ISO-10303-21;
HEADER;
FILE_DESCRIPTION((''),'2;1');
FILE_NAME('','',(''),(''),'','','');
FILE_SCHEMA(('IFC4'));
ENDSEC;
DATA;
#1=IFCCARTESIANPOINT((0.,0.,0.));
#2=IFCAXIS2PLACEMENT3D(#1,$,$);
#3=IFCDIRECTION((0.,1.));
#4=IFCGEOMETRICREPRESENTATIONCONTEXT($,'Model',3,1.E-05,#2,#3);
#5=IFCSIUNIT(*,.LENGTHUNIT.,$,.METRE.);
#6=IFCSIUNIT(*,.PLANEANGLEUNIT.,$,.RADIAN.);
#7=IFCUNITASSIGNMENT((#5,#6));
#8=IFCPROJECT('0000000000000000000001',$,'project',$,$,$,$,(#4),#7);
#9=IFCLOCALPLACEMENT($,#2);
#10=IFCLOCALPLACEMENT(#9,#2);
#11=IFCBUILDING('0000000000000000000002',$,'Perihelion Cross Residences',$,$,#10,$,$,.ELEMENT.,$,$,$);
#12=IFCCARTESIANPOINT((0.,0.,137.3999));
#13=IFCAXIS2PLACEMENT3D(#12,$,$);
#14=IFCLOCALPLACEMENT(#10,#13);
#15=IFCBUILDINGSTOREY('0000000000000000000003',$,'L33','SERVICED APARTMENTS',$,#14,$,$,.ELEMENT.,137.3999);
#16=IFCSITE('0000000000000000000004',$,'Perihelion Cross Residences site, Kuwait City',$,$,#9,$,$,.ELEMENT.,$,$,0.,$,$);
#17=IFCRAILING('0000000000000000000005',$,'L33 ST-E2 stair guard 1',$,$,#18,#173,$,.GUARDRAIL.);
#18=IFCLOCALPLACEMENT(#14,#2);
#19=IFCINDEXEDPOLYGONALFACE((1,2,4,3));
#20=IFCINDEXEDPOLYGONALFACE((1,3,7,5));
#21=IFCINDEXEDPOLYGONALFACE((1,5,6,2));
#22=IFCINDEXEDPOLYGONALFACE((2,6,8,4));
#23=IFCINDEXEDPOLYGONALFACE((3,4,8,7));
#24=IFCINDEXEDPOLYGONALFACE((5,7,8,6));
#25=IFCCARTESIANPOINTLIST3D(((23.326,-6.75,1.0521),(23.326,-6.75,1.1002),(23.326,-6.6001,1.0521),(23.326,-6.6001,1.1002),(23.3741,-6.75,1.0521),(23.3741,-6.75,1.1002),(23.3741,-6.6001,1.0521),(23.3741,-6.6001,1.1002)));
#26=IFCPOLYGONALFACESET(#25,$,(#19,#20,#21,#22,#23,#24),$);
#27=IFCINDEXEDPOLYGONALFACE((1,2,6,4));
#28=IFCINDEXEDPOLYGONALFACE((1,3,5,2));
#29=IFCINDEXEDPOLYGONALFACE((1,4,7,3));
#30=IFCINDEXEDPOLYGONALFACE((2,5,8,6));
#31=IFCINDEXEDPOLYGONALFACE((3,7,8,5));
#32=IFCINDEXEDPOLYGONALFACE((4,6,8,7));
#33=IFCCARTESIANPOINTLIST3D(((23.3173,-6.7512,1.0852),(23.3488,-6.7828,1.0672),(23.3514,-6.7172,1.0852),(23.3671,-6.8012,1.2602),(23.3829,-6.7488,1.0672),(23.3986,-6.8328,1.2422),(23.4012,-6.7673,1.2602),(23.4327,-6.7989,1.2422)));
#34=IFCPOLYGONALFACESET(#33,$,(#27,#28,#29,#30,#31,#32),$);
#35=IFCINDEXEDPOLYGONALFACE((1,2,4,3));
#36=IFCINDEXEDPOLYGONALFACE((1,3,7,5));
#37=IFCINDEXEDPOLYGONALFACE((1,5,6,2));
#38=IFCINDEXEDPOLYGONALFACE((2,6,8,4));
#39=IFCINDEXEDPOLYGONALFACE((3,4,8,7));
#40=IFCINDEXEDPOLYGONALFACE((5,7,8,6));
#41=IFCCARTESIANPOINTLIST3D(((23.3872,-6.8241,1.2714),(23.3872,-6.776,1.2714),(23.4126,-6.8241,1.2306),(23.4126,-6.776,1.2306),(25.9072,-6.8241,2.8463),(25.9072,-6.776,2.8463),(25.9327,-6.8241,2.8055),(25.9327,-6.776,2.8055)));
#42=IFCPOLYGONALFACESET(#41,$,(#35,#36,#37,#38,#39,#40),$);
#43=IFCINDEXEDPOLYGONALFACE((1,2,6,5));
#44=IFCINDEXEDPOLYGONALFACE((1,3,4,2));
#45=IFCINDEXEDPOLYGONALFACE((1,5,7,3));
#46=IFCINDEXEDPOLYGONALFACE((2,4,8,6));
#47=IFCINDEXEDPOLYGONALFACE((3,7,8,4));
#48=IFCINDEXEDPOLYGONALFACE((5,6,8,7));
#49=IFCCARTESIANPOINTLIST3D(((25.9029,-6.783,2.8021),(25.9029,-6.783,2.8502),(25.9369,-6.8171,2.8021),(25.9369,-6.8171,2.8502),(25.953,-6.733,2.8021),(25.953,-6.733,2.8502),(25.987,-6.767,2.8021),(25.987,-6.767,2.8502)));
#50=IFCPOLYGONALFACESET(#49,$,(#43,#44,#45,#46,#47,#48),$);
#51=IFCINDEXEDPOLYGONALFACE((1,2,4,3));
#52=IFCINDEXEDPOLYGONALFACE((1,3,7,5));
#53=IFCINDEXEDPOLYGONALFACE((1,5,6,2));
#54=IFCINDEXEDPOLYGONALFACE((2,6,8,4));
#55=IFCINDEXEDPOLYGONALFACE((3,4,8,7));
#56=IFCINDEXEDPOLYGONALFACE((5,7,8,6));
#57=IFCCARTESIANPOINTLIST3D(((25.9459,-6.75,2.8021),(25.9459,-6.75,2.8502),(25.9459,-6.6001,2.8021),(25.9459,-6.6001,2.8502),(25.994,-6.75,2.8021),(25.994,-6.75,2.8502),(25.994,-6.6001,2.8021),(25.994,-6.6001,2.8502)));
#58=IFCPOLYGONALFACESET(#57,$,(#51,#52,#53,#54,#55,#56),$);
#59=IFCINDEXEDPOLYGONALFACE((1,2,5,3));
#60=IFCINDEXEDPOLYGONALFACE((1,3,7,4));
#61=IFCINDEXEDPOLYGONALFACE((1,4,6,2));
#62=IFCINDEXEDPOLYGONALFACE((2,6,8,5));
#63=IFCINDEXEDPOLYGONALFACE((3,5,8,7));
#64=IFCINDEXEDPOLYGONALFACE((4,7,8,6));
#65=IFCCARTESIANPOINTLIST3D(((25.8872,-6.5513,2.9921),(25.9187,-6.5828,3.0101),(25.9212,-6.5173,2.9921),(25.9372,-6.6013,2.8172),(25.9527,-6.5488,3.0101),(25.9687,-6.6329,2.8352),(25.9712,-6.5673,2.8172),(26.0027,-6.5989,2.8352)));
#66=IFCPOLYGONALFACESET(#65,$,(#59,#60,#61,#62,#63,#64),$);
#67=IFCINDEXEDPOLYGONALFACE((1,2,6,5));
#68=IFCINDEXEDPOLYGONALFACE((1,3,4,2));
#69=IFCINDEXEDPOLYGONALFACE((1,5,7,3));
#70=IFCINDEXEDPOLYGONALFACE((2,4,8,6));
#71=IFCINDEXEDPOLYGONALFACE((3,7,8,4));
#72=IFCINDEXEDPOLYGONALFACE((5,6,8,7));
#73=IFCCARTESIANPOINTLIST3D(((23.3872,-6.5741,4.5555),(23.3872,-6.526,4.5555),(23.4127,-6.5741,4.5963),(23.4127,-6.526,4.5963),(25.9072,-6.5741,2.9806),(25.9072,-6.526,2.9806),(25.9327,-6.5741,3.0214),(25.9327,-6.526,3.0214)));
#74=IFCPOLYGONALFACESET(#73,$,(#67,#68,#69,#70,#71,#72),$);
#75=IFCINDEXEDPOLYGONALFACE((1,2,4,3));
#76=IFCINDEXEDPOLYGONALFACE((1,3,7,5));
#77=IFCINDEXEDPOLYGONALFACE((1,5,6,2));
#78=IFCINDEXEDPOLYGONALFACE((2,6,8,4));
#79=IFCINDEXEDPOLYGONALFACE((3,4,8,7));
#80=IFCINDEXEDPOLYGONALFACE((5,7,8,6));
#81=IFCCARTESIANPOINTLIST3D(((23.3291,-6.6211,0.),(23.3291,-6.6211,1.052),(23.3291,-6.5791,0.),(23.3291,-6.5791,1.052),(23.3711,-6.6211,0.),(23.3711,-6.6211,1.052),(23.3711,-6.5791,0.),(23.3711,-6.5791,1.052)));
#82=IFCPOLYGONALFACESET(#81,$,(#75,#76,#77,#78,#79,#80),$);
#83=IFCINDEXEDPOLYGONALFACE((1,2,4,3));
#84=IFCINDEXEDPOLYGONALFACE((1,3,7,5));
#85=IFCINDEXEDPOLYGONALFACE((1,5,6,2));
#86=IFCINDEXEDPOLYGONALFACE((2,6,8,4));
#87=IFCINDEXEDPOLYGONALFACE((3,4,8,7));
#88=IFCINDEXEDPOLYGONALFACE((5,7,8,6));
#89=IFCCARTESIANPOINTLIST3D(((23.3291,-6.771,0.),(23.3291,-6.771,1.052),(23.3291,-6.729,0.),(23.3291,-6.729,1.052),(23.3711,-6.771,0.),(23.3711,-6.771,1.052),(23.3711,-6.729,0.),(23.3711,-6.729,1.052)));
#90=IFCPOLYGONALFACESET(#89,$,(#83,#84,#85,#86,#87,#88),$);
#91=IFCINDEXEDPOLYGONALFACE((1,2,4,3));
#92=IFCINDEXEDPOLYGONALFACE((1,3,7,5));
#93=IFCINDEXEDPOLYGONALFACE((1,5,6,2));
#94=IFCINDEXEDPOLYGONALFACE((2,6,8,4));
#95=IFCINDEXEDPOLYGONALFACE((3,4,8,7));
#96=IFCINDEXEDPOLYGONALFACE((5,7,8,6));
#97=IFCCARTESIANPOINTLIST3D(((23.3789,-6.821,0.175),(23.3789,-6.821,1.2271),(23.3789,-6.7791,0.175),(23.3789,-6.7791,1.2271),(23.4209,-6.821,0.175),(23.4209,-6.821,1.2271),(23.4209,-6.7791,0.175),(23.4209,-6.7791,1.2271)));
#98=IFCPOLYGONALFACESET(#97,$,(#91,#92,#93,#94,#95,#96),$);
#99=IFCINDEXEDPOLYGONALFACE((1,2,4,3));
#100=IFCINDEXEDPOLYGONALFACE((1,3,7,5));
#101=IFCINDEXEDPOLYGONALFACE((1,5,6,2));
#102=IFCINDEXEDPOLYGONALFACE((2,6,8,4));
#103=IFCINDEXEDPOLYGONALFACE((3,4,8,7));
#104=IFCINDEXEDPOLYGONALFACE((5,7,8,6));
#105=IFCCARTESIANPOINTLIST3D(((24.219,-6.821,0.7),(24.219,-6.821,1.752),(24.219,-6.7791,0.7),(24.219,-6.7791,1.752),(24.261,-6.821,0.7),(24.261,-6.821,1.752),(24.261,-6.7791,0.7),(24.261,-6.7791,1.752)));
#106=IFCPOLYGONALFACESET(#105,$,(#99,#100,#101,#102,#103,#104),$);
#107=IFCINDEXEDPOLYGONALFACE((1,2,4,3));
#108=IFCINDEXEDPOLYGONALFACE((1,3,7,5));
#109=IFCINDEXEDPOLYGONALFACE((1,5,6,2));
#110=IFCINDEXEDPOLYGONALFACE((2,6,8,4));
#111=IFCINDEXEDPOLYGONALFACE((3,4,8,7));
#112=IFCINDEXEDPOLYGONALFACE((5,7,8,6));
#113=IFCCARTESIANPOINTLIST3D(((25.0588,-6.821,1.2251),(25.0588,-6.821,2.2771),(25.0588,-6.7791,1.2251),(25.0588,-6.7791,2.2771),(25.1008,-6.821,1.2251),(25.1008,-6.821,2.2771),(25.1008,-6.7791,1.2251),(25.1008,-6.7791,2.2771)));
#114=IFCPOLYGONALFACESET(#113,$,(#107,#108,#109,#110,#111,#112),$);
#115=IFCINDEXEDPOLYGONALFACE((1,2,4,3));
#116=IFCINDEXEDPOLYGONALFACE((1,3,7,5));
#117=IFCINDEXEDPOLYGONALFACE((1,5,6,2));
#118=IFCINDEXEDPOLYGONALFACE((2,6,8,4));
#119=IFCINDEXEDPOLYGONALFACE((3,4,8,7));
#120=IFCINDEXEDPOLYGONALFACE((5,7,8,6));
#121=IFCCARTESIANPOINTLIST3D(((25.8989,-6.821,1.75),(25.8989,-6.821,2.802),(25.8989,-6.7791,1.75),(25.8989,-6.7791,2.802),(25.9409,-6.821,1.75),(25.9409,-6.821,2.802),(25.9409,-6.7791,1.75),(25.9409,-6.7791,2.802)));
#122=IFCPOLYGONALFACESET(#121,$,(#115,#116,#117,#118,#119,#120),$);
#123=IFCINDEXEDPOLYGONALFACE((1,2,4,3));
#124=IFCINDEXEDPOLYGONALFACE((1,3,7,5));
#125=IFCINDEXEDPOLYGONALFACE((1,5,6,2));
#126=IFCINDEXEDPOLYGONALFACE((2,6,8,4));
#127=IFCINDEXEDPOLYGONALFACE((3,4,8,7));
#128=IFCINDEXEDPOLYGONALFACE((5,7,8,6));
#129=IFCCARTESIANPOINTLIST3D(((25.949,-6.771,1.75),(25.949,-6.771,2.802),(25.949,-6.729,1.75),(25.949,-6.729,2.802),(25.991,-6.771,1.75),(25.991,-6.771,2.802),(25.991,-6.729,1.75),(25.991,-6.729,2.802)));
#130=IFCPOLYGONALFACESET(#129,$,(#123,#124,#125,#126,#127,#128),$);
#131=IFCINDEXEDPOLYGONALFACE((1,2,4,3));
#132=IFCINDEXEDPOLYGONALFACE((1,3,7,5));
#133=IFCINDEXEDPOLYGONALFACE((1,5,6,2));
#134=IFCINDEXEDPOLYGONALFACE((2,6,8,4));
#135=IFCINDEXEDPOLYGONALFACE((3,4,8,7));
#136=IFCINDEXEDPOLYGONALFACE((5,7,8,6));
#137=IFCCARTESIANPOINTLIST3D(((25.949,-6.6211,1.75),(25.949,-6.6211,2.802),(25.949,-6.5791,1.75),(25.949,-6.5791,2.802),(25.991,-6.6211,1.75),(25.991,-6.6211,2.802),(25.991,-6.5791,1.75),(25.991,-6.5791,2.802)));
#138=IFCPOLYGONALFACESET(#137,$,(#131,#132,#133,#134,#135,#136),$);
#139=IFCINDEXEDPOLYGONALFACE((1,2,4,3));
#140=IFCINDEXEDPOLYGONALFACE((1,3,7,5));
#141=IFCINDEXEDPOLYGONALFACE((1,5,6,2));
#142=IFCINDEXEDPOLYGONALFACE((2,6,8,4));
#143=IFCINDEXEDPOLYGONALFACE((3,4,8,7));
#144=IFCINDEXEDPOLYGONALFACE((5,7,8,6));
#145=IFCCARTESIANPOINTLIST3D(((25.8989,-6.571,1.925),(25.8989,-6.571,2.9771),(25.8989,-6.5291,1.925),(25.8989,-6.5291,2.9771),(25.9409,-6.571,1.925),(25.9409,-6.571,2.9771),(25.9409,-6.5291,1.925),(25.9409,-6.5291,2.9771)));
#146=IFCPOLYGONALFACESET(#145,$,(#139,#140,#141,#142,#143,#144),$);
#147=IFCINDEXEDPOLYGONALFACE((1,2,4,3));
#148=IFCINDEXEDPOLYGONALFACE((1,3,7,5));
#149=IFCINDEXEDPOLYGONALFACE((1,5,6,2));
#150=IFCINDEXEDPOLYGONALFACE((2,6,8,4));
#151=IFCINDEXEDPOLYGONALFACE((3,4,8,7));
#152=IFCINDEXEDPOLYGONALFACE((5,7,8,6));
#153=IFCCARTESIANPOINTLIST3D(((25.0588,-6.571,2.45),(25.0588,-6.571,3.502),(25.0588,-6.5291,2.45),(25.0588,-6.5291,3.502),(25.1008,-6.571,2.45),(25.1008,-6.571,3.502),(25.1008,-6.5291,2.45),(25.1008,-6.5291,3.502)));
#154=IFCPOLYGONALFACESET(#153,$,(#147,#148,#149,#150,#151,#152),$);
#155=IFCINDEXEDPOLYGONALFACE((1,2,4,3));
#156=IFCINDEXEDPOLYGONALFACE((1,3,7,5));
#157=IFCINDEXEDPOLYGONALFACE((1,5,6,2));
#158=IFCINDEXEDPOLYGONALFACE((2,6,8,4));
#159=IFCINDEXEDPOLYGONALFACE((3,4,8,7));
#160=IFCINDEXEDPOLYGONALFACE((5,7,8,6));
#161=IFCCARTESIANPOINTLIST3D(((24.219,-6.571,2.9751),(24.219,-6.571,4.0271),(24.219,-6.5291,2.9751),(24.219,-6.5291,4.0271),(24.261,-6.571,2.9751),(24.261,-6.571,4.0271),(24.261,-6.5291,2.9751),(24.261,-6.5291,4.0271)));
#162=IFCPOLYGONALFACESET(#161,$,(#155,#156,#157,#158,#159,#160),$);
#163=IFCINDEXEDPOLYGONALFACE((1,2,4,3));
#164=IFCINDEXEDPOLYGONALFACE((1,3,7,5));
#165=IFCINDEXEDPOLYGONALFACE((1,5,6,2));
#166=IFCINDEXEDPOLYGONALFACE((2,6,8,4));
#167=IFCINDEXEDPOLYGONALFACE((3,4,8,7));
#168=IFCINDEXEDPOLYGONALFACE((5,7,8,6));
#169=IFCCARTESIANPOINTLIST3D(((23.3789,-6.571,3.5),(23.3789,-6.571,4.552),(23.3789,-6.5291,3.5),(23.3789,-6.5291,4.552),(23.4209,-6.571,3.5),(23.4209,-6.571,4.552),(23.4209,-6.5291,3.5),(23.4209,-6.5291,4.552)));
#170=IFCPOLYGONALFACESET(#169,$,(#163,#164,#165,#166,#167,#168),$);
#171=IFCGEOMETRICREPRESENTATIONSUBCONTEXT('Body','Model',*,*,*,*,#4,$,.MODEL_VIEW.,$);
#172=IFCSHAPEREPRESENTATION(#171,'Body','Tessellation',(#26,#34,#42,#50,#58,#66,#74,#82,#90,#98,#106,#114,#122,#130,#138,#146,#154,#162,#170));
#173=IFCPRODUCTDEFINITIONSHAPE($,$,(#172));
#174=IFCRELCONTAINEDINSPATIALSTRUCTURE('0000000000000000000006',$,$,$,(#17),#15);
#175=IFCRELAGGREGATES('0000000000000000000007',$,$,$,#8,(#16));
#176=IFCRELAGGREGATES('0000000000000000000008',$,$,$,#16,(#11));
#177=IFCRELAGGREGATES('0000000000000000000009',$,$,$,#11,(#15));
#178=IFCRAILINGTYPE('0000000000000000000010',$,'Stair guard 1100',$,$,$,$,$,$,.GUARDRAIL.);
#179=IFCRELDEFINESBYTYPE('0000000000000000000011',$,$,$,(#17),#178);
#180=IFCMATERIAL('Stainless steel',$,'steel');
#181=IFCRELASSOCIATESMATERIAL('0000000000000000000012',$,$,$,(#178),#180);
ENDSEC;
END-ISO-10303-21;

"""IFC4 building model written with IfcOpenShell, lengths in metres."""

from ifc_helpers import new_model, si_unit, direction, frame, origin, origin_2d, place, context, subcontext, project, spatial, rectangle, extrude, material, type_object, element, save


model = new_model("IFC4")

# Units and contexts
model_context = context("Model", 3, precision=1e-05, world=origin(), true_north=direction((0.0, 1.0)))
body_context = subcontext(model_context, "Body", "Model", "MODEL_VIEW")
ifc_project = project(units=[si_unit("LENGTHUNIT", "METRE"), si_unit("PLANEANGLEUNIT", "RADIAN")], contexts=[model_context])

# Site, building, storey
site_placement = place(None, origin())
site = spatial("IfcSite", under=ifc_project, at=site_placement, Name="Perihelion Cross Residences site, Kuwait City", CompositionType="ELEMENT", RefElevation=0.0)
building_placement = place(site_placement, origin())
building = spatial("IfcBuilding", under=site, at=building_placement, Name="Perihelion Cross Residences", CompositionType="ELEMENT")
storey_placement = place(building_placement, frame((0.0, 0.0, 137.3999)))
storey = spatial("IfcBuildingStorey", under=building, at=storey_placement, Name="L33", Description="SERVICED APARTMENTS", CompositionType="ELEMENT", Elevation=137.3999)

# Railing
ifc_material_1 = material(Name="Stainless steel", Category="steel")
railing_type_1 = type_object("IfcRailingType", Name="Stair guard 1100", PredefinedType="GUARDRAIL", material=ifc_material_1)
railing_1_placement = place(storey_placement, frame((23.3501, -6.6001, 0.0)))
element("IfcRailing", 1, at=railing_1_placement, inside=storey, type_object=railing_type_1, Name="L33 ST-E2 stair guard 1", PredefinedType="GUARDRAIL", context=body_context, shape_type="SweptSolid", body=[
    extrude(rectangle(XDim=0.0481, YDim=0.0481, at=origin_2d()), frame((0.0, 0.0, 1.0762), z_axis=(0.0, -1.0, 0.0), x_axis=(1.0, 0.0, 0.0)), (0.0, 0.0, 1.0), 0.1499),
    extrude(rectangle(XDim=0.0481, YDim=0.0481, at=origin_2d()), frame((0.0, -0.1499, 1.0762), z_axis=(0.263862, -0.265156, 0.927399), x_axis=(0.708834, 0.705376, 0.0)), (0.0, 0.0, 1.0), 0.1887),
    extrude(rectangle(XDim=0.0481, YDim=0.0481, at=origin_2d()), frame((0.0498, -0.2, 1.251), z_axis=(0.848008, 0.0, 0.529984), x_axis=(0.0, 1.0, 0.0)), (0.0, 0.0, 1.0), 2.9717),
    extrude(rectangle(XDim=0.0481, YDim=0.0481, at=origin_2d()), frame((2.5698, -0.2, 2.8262), z_axis=(0.707107, 0.707107, 0.0), x_axis=(-0.707107, 0.707107, 0.0)), (0.0, 0.0, 1.0), 0.0708),
    extrude(rectangle(XDim=0.0481, YDim=0.0481, at=origin_2d()), frame((2.6199, -0.1499, 2.8262), z_axis=(0.0, 1.0, 0.0), x_axis=(-1.0, 0.0, 0.0)), (0.0, 0.0, 1.0), 0.1499),
    extrude(rectangle(XDim=0.0481, YDim=0.0481, at=origin_2d()), frame((2.6199, 0.0, 2.8262), z_axis=(-0.265065, 0.265065, 0.927082), x_axis=(-0.707107, -0.707107, 0.0)), (0.0, 0.0, 1.0), 0.1887),
    extrude(rectangle(XDim=0.0481, YDim=0.0481, at=origin_2d()), frame((2.5698, 0.05, 3.001), z_axis=(-0.848008, 0.0, 0.529984), x_axis=(0.0, -1.0, 0.0)), (0.0, 0.0, 1.0), 2.9717),
    extrude(rectangle(XDim=0.042, YDim=0.042, at=origin_2d()), origin(), (0.0, 0.0, 1.0), 1.052),
    extrude(rectangle(XDim=0.042, YDim=0.042, at=origin_2d()), frame((0.0, -0.1499, 0.0)), (0.0, 0.0, 1.0), 1.052),
    extrude(rectangle(XDim=0.042, YDim=0.042, at=origin_2d()), frame((0.0498, -0.2, 0.175)), (0.0, 0.0, 1.0), 1.052),
    extrude(rectangle(XDim=0.042, YDim=0.042, at=origin_2d()), frame((0.8899, -0.2, 0.7)), (0.0, 0.0, 1.0), 1.052),
    extrude(rectangle(XDim=0.042, YDim=0.042, at=origin_2d()), frame((1.7297, -0.2, 1.2251)), (0.0, 0.0, 1.0), 1.052),
    extrude(rectangle(XDim=0.042, YDim=0.042, at=origin_2d()), frame((2.5698, -0.2, 1.75)), (0.0, 0.0, 1.0), 1.052),
    extrude(rectangle(XDim=0.042, YDim=0.042, at=origin_2d()), frame((2.6199, -0.1499, 1.75)), (0.0, 0.0, 1.0), 1.052),
    extrude(rectangle(XDim=0.042, YDim=0.042, at=origin_2d()), frame((2.6199, 0.0, 1.75)), (0.0, 0.0, 1.0), 1.052),
    extrude(rectangle(XDim=0.042, YDim=0.042, at=origin_2d()), frame((2.5698, 0.05, 1.925)), (0.0, 0.0, 1.0), 1.052),
    extrude(rectangle(XDim=0.042, YDim=0.042, at=origin_2d()), frame((1.7297, 0.05, 2.45)), (0.0, 0.0, 1.0), 1.052),
    extrude(rectangle(XDim=0.042, YDim=0.042, at=origin_2d()), frame((0.8899, 0.05, 2.9751)), (0.0, 0.0, 1.0), 1.052),
    extrude(rectangle(XDim=0.042, YDim=0.042, at=origin_2d()), frame((0.0498, 0.05, 3.5)), (0.0, 0.0, 1.0), 1.052),
])

save(model, "model.ifc")
